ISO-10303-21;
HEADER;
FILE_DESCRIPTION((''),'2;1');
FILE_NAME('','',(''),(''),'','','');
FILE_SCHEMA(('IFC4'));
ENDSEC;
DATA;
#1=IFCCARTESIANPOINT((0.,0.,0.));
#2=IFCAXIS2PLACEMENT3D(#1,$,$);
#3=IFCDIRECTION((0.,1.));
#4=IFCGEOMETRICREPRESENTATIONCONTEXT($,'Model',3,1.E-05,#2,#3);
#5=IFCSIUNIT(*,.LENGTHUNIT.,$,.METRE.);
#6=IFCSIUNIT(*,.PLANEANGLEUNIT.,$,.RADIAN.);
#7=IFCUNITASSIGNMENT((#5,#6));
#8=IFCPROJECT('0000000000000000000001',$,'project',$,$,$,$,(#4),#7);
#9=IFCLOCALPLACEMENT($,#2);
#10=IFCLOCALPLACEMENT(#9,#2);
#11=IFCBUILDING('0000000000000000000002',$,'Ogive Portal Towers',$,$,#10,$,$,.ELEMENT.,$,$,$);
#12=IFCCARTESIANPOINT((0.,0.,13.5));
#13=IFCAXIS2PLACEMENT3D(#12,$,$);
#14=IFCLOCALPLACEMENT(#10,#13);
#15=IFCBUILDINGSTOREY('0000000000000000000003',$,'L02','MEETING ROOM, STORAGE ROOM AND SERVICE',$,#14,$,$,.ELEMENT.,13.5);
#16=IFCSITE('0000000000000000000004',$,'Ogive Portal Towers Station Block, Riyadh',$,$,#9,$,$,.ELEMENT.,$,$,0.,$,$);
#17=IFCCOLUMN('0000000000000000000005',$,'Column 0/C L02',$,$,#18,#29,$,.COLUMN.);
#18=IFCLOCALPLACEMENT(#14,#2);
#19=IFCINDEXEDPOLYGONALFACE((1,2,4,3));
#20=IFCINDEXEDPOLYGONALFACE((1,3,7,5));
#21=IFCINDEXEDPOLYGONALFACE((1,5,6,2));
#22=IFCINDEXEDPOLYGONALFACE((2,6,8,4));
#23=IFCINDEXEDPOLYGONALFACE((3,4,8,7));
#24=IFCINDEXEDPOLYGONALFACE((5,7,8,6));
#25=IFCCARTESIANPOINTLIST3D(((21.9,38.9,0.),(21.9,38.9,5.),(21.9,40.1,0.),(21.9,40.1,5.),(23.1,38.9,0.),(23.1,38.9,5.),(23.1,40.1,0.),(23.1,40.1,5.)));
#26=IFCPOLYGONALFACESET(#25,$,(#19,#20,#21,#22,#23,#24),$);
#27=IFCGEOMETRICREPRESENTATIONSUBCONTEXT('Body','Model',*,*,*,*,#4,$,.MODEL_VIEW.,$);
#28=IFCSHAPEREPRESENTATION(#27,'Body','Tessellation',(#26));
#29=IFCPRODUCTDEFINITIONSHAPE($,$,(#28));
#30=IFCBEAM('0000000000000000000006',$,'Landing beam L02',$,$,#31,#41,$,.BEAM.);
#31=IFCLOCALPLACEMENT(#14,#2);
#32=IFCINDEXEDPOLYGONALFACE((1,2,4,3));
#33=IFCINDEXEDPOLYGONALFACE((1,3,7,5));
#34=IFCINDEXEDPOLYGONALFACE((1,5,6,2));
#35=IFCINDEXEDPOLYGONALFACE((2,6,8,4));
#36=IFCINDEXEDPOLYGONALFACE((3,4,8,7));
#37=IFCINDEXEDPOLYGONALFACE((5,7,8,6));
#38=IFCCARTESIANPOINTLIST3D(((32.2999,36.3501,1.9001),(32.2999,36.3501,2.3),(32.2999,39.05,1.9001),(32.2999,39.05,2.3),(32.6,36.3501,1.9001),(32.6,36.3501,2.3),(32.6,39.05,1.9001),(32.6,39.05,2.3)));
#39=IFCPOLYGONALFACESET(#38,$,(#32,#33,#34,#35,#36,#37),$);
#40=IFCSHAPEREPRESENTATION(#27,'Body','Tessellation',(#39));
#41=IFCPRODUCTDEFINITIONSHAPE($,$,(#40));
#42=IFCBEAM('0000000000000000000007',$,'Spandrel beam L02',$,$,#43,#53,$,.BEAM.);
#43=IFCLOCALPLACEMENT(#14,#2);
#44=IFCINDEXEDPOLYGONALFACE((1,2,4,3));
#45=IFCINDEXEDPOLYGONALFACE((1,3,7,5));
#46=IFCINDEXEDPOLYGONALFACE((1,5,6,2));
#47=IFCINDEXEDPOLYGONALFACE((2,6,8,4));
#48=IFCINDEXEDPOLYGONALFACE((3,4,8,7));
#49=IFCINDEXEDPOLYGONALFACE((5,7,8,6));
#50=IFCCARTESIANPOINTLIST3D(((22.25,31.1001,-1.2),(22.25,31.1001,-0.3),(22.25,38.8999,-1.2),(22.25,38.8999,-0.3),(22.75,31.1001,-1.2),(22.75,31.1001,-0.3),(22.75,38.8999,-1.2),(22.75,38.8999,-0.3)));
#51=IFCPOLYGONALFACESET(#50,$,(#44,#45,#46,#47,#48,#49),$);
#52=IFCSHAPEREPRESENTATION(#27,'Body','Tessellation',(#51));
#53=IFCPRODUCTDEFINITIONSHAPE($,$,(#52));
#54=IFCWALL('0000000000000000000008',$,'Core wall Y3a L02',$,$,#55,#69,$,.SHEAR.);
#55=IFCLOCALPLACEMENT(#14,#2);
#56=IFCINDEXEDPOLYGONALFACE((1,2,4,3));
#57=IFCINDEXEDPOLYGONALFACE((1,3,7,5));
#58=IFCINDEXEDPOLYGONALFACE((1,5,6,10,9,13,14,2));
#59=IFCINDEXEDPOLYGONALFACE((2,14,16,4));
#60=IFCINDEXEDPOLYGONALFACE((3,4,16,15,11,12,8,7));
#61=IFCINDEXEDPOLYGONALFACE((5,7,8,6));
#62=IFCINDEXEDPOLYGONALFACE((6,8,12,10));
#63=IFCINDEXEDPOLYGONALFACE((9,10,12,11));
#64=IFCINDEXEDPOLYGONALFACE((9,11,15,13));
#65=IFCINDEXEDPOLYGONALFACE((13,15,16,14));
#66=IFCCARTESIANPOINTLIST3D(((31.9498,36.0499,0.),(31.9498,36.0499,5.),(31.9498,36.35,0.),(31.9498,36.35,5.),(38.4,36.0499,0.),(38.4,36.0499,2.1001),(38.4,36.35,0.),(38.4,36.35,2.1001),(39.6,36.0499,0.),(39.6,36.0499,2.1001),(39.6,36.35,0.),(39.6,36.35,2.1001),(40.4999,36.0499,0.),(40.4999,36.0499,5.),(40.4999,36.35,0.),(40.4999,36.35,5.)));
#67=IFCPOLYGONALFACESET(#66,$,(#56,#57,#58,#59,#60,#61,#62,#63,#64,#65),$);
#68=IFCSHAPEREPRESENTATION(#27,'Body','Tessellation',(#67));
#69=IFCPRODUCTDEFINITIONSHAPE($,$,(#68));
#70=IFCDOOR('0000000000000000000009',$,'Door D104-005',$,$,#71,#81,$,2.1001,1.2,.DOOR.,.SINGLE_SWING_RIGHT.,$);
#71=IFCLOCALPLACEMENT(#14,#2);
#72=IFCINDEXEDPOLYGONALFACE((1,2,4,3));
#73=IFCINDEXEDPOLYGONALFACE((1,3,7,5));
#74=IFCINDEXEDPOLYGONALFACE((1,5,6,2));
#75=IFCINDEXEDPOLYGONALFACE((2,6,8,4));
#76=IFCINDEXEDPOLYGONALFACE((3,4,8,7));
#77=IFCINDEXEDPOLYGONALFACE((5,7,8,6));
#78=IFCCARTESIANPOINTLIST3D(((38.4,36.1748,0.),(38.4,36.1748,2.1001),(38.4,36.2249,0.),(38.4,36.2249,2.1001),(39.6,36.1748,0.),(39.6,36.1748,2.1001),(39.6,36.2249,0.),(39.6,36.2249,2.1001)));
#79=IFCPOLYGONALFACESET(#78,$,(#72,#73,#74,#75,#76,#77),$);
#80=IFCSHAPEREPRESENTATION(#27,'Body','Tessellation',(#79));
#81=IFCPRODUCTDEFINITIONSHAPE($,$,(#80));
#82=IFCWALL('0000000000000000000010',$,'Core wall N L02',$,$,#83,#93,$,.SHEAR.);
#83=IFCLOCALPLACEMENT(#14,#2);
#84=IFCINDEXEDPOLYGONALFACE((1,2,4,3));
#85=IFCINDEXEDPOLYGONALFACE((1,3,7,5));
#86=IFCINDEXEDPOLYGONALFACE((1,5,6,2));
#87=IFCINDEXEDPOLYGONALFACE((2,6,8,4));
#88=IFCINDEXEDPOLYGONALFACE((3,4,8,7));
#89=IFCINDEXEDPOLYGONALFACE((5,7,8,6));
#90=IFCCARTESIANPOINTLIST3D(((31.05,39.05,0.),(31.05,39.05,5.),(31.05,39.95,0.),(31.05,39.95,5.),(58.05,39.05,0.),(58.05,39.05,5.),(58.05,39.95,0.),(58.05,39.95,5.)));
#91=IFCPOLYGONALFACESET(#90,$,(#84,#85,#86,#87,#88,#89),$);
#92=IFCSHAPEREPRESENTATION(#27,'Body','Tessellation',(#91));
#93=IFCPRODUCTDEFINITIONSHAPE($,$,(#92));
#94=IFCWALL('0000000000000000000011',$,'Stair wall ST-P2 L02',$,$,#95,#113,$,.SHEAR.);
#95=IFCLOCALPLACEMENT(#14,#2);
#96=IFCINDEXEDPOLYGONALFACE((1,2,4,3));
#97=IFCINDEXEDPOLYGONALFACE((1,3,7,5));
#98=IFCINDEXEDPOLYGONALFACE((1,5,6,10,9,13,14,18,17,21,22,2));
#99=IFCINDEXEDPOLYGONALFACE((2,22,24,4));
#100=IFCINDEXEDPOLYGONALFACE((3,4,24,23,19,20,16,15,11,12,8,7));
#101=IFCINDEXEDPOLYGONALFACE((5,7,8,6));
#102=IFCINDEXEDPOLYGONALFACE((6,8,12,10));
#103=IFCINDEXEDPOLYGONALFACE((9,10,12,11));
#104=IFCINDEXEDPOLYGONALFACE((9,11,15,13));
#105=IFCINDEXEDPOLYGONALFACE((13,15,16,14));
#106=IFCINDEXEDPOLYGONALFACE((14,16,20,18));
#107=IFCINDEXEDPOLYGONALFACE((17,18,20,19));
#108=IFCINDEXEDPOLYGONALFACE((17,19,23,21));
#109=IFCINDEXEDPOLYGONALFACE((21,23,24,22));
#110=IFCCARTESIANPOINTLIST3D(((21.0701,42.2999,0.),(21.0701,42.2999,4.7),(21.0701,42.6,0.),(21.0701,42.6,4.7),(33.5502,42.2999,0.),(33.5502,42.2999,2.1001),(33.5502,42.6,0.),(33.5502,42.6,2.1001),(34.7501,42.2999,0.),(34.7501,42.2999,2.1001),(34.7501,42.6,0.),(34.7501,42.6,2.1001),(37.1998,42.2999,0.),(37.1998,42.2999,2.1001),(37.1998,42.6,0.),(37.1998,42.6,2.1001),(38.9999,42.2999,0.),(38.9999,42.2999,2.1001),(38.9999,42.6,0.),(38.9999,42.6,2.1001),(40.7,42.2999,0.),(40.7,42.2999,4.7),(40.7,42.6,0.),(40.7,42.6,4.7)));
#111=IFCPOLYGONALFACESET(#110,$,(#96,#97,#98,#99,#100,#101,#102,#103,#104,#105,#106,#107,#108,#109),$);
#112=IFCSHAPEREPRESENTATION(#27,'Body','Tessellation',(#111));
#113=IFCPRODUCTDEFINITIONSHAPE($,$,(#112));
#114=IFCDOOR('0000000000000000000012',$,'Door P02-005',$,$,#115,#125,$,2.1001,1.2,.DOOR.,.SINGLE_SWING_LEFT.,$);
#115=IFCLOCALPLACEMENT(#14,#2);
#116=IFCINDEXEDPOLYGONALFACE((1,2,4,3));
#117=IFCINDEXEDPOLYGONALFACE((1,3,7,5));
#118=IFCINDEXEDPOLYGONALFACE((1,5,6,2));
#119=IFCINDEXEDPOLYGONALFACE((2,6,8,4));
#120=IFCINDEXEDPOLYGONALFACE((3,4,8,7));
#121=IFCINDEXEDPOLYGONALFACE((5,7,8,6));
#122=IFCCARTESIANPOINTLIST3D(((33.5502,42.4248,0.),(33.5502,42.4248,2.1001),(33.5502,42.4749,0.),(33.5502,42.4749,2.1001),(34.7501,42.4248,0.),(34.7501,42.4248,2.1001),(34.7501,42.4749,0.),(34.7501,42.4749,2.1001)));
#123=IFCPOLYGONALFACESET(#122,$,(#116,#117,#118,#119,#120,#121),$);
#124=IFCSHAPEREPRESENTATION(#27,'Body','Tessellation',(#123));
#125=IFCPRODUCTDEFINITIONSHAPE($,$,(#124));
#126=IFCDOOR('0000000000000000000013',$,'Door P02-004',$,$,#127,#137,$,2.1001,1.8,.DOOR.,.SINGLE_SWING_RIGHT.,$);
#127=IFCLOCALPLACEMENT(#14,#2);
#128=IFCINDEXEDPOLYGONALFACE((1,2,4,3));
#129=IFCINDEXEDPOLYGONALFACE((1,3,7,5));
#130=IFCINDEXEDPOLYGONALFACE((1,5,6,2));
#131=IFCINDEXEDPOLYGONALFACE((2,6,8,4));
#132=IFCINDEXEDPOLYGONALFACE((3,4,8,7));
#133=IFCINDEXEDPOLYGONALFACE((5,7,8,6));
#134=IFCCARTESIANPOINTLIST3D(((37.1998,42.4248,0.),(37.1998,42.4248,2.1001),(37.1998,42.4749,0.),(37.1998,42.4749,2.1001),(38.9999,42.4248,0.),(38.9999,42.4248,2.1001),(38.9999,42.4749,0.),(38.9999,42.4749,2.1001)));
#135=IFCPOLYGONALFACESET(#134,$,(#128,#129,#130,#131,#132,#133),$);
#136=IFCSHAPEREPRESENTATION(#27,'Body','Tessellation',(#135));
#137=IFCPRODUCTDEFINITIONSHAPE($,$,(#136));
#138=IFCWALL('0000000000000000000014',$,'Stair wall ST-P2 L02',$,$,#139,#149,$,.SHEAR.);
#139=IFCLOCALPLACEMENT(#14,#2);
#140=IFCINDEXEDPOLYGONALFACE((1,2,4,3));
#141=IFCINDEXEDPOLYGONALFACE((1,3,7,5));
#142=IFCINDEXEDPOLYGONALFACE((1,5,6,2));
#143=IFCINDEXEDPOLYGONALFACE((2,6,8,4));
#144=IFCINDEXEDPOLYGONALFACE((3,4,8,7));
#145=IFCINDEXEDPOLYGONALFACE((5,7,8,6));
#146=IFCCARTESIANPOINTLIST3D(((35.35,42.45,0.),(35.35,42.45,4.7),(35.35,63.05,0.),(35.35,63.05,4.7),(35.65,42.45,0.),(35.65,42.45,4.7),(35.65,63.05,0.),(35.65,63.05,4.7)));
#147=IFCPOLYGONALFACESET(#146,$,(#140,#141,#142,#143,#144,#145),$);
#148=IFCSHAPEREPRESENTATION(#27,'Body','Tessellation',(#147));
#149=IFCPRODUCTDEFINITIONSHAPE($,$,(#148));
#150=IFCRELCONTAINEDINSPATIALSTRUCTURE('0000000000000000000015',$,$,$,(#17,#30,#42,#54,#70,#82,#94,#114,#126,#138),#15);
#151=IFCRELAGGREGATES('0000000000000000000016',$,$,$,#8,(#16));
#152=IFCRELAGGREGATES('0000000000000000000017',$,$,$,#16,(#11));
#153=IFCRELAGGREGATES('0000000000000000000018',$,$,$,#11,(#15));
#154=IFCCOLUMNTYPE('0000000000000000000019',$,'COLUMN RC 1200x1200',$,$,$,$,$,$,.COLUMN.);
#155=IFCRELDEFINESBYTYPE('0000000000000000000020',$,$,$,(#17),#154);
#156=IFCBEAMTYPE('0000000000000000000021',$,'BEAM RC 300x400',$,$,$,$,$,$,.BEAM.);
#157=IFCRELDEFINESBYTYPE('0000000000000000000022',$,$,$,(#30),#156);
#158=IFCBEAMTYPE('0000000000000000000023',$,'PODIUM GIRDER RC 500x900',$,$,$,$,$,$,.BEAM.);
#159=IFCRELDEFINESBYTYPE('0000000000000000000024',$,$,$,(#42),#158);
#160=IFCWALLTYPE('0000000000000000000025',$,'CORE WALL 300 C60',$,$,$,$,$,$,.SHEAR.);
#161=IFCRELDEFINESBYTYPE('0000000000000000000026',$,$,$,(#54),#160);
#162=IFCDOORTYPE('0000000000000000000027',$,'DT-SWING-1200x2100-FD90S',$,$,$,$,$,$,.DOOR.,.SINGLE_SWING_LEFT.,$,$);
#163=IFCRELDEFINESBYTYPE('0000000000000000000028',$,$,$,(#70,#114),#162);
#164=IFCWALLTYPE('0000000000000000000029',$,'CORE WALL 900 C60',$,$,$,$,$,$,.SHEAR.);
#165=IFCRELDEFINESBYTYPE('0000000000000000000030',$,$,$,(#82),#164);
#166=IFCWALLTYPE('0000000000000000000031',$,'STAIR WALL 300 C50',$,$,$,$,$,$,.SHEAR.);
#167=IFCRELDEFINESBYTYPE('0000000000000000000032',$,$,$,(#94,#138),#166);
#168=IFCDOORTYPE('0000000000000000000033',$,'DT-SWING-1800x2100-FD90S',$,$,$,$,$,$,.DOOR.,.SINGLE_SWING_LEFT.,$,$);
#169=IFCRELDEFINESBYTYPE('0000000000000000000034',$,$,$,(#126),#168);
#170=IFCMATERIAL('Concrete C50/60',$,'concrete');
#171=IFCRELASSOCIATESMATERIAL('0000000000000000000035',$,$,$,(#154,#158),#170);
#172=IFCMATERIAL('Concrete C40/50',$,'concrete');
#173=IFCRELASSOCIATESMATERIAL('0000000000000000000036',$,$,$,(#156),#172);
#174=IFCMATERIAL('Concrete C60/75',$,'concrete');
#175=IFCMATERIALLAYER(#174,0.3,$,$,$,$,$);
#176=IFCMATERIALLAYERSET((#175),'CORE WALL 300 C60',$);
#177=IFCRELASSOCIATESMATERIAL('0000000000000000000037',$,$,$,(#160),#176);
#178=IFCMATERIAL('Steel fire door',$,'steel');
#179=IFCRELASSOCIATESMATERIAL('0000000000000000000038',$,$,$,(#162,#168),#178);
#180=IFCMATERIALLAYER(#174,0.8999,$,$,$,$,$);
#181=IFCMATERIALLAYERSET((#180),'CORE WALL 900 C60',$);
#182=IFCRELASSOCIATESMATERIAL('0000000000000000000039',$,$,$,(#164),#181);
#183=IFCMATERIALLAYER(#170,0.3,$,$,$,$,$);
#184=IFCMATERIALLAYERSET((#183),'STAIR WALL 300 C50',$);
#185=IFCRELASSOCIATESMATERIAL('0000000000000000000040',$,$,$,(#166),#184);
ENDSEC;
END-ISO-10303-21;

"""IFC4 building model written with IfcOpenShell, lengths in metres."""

from ifc_helpers import new_model, si_unit, direction, frame, frame_2d, origin, origin_2d, place, context, subcontext, project, spatial, rectangle, extrude, material, layer, layer_set, material_profile, profile_set, type_object, element, fill, save


model = new_model("IFC4")

# Units and contexts
model_context = context("Model", 3, precision=1e-05, world=origin(), true_north=direction((0.0, 1.0)))
body_context = subcontext(model_context, "Body", "Model", "MODEL_VIEW")
ifc_project = project(units=[si_unit("LENGTHUNIT", "METRE"), si_unit("PLANEANGLEUNIT", "RADIAN")], contexts=[model_context])

# Site, building, storey
site_placement = place(None, origin())
site = spatial("IfcSite", under=ifc_project, at=site_placement, Name="Ogive Portal Towers Station Block, Riyadh", CompositionType="ELEMENT", RefElevation=0.0)
building_placement = place(site_placement, origin())
building = spatial("IfcBuilding", under=site, at=building_placement, Name="Ogive Portal Towers", CompositionType="ELEMENT")
storey_placement = place(building_placement, frame((0.0, 0.0, 13.5)))
storey = spatial("IfcBuildingStorey", under=building, at=storey_placement, Name="L02", Description="MEETING ROOM, STORAGE ROOM AND SERVICE", CompositionType="ELEMENT", Elevation=13.5)

# Column
ifc_material_1 = material(Name="Concrete C50/60", Category="concrete")
ifc_material_profile_1 = material_profile(ifc_material_1, rectangle(XDim=1.2, YDim=1.2, at=origin_2d()), Name="RC 1200x1200")
ifc_profile_set_1 = profile_set([ifc_material_profile_1], Name="Concrete C50/60")
column_type = type_object("IfcColumnType", Name="COLUMN RC 1200x1200", PredefinedType="COLUMN", material=ifc_profile_set_1)
column_placement = place(storey_placement, frame((22.5, 39.5, 0.0), z_axis=(0.0, 0.0, 1.0), x_axis=(1.0, 0.0, 0.0)))
element("IfcColumn", 1, at=column_placement, inside=storey, type_object=column_type, Name="Column 0/C L02", PredefinedType="COLUMN", context=body_context, shape_type="SweptSolid", body=[
    extrude(rectangle(XDim=1.2, YDim=1.2, at=origin_2d()), origin(), (0.0, 0.0, 1.0), 5.0),
])

# Beams
ifc_material_2 = material(Name="Concrete C40/50", Category="concrete")
ifc_material_profile_2 = material_profile(ifc_material_2, rectangle(XDim=0.3, YDim=0.3999, at=origin_2d()), Name="RC 300x400")
ifc_profile_set_2 = profile_set([ifc_material_profile_2], Name="Concrete C40/50")
beam_type_1 = type_object("IfcBeamType", Name="BEAM RC 300x400", PredefinedType="BEAM", material=ifc_profile_set_2)
beam_1_placement = place(storey_placement, frame((32.45, 36.3501, 2.1001), z_axis=(0.0, 1.0, 0.0), x_axis=(-1.0, 0.0, 0.0)))
element("IfcBeam", 2, at=beam_1_placement, inside=storey, type_object=beam_type_1, Name="Landing beam L02", PredefinedType="BEAM", context=body_context, shape_type="SweptSolid", body=[
    extrude(rectangle(XDim=0.3, YDim=0.3999, at=origin_2d()), origin(), (0.0, 0.0, 1.0), 2.7),
])
ifc_material_profile_3 = material_profile(ifc_material_1, rectangle(XDim=0.5, YDim=0.8999, at=origin_2d()), Name="RC 500x900")
ifc_profile_set_3 = profile_set([ifc_material_profile_3], Name="Concrete C50/60")
beam_type_2 = type_object("IfcBeamType", Name="PODIUM GIRDER RC 500x900", PredefinedType="BEAM", material=ifc_profile_set_3)
beam_2_placement = place(storey_placement, frame((22.5, 38.8999, -0.75), z_axis=(0.0, -1.0, 0.0), x_axis=(1.0, 0.0, 0.0)))
element("IfcBeam", 3, at=beam_2_placement, inside=storey, type_object=beam_type_2, Name="Spandrel beam L02", PredefinedType="BEAM", context=body_context, shape_type="SweptSolid", body=[
    extrude(rectangle(XDim=0.5, YDim=0.8999, at=origin_2d()), origin(), (0.0, 0.0, 1.0), 7.7998),
])

# Wall, opening, door
ifc_material_3 = material(Name="Concrete C60/75", Category="concrete")
ifc_layer_1 = layer(ifc_material_3, 0.3)
ifc_layer_set_1 = layer_set([ifc_layer_1], Name="CORE WALL 300 C60")
wall_type_1 = type_object("IfcWallType", Name="CORE WALL 300 C60", PredefinedType="SHEAR", material=ifc_layer_set_1)
wall_1_placement = place(storey_placement, frame((31.95, 36.2, 0.0), z_axis=(0.0, 0.0, 1.0), x_axis=(1.0, 0.0, 0.0)))
wall_1 = element("IfcWall", 4, at=wall_1_placement, inside=storey, type_object=wall_type_1, Name="Core wall Y3a L02", PredefinedType="SHEAR", context=body_context, shape_type="SweptSolid", body=[
    extrude(rectangle(XDim=8.55, YDim=0.3, at=frame_2d((4.2749, 0.0))), origin(), (0.0, 0.0, 1.0), 5.0),
])
opening_1_placement = place(wall_1_placement, frame((6.45, 0.0, 0.0)))
opening_1 = element("IfcOpeningElement", 5, at=opening_1_placement, cuts=wall_1, PredefinedType="OPENING", context=body_context, shape_type="SweptSolid", body=[
    extrude(rectangle(XDim=1.2, YDim=2.1001, at=frame_2d((0.6001, 1.05))), frame((0.0, 0.1602, 0.0), z_axis=(0.0, -1.0, 0.0), x_axis=(1.0, 0.0, 0.0)), (0.0, 0.0, 1.0), 0.3201),
])
ifc_material_4 = material(Name="Steel fire door", Category="steel")
door_type_1 = type_object("IfcDoorType", Name="DT-SWING-1200x2100-FD90S", OperationType="SINGLE_SWING_LEFT", PredefinedType="DOOR", material=ifc_material_4)
door_1_placement = place(opening_1_placement, origin())
door_1 = element("IfcDoor", 6, at=door_1_placement, inside=storey, type_object=door_type_1, Name="Door D104-005", OperationType="SINGLE_SWING_RIGHT", OverallHeight=2.1001, OverallWidth=1.2, PredefinedType="DOOR", context=body_context, shape_type="SweptSolid", body=[
    extrude(rectangle(XDim=1.2, YDim=2.1001, at=frame_2d((0.6001, 1.05))), frame((0.0, 0.0249, 0.0), z_axis=(0.0, -1.0, 0.0), x_axis=(1.0, 0.0, 0.0)), (0.0, 0.0, 1.0), 0.05),
])
fill(opening_1, door_1)

# Wall
ifc_layer_2 = layer(ifc_material_3, 0.8999)
ifc_layer_set_2 = layer_set([ifc_layer_2], Name="CORE WALL 900 C60")
wall_type_2 = type_object("IfcWallType", Name="CORE WALL 900 C60", PredefinedType="SHEAR", material=ifc_layer_set_2)
wall_2_placement = place(storey_placement, frame((31.05, 39.5, 0.0), z_axis=(0.0, 0.0, 1.0), x_axis=(1.0, 0.0, 0.0)))
element("IfcWall", 7, at=wall_2_placement, inside=storey, type_object=wall_type_2, Name="Core wall N L02", PredefinedType="SHEAR", context=body_context, shape_type="SweptSolid", body=[
    extrude(rectangle(XDim=27.0, YDim=0.8999, at=frame_2d((13.5, 0.0))), origin(), (0.0, 0.0, 1.0), 5.0),
])

# Wall, openings, doors
ifc_layer_3 = layer(ifc_material_1, 0.3)
ifc_layer_set_3 = layer_set([ifc_layer_3], Name="STAIR WALL 300 C50")
wall_type_3 = type_object("IfcWallType", Name="STAIR WALL 300 C50", PredefinedType="SHEAR", material=ifc_layer_set_3)
wall_3_placement = place(storey_placement, frame((21.0701, 42.45, 0.0), z_axis=(0.0, 0.0, 1.0), x_axis=(1.0, 0.0, 0.0)))
wall_3 = element("IfcWall", 8, at=wall_3_placement, inside=storey, type_object=wall_type_3, Name="Stair wall ST-P2 L02", PredefinedType="SHEAR", context=body_context, shape_type="SweptSolid", body=[
    extrude(rectangle(XDim=19.6299, YDim=0.3, at=frame_2d((9.8149, 0.0))), origin(), (0.0, 0.0, 1.0), 4.7),
])
opening_2_placement = place(wall_3_placement, frame((16.1299, 0.0, 0.0)))
opening_2 = element("IfcOpeningElement", 9, at=opening_2_placement, cuts=wall_3, PredefinedType="OPENING", context=body_context, shape_type="SweptSolid", body=[
    extrude(rectangle(XDim=1.8, YDim=2.1001, at=frame_2d((0.8999, 1.05))), frame((0.0, 0.1602, 0.0), z_axis=(0.0, -1.0, 0.0), x_axis=(1.0, 0.0, 0.0)), (0.0, 0.0, 1.0), 0.3201),
])
opening_3_placement = place(wall_3_placement, frame((12.48, 0.0, 0.0)))
opening_3 = element("IfcOpeningElement", 10, at=opening_3_placement, cuts=wall_3, PredefinedType="OPENING", context=body_context, shape_type="SweptSolid", body=[
    extrude(rectangle(XDim=1.2, YDim=2.1001, at=frame_2d((0.6001, 1.05))), frame((0.0, 0.1602, 0.0), z_axis=(0.0, -1.0, 0.0), x_axis=(1.0, 0.0, 0.0)), (0.0, 0.0, 1.0), 0.3201),
])
door_2_placement = place(opening_3_placement, origin())
door_2 = element("IfcDoor", 11, at=door_2_placement, inside=storey, type_object=door_type_1, Name="Door P02-005", OperationType="SINGLE_SWING_LEFT", OverallHeight=2.1001, OverallWidth=1.2, PredefinedType="DOOR", context=body_context, shape_type="SweptSolid", body=[
    extrude(rectangle(XDim=1.2, YDim=2.1001, at=frame_2d((0.6001, 1.05))), frame((0.0, 0.0249, 0.0), z_axis=(0.0, -1.0, 0.0), x_axis=(1.0, 0.0, 0.0)), (0.0, 0.0, 1.0), 0.05),
])
fill(opening_3, door_2)
door_type_2 = type_object("IfcDoorType", Name="DT-SWING-1800x2100-FD90S", OperationType="SINGLE_SWING_LEFT", PredefinedType="DOOR", material=ifc_material_4)
door_3_placement = place(opening_2_placement, origin())
door_3 = element("IfcDoor", 12, at=door_3_placement, inside=storey, type_object=door_type_2, Name="Door P02-004", OperationType="SINGLE_SWING_RIGHT", OverallHeight=2.1001, OverallWidth=1.8, PredefinedType="DOOR", context=body_context, shape_type="SweptSolid", body=[
    extrude(rectangle(XDim=1.8, YDim=2.1001, at=frame_2d((0.8999, 1.05))), frame((0.0, 0.0249, 0.0), z_axis=(0.0, -1.0, 0.0), x_axis=(1.0, 0.0, 0.0)), (0.0, 0.0, 1.0), 0.05),
])
fill(opening_2, door_3)

# Wall
wall_4_placement = place(storey_placement, frame((35.5, 42.45, 0.0), z_axis=(0.0, 0.0, 1.0), x_axis=(0.0, 1.0, 0.0)))
element("IfcWall", 13, at=wall_4_placement, inside=storey, type_object=wall_type_3, Name="Stair wall ST-P2 L02", PredefinedType="SHEAR", context=body_context, shape_type="SweptSolid", body=[
    extrude(rectangle(XDim=20.6001, YDim=0.3, at=frame_2d((10.3, 0.0))), origin(), (0.0, 0.0, 1.0), 4.7),
])

save(model, "model.ifc")
